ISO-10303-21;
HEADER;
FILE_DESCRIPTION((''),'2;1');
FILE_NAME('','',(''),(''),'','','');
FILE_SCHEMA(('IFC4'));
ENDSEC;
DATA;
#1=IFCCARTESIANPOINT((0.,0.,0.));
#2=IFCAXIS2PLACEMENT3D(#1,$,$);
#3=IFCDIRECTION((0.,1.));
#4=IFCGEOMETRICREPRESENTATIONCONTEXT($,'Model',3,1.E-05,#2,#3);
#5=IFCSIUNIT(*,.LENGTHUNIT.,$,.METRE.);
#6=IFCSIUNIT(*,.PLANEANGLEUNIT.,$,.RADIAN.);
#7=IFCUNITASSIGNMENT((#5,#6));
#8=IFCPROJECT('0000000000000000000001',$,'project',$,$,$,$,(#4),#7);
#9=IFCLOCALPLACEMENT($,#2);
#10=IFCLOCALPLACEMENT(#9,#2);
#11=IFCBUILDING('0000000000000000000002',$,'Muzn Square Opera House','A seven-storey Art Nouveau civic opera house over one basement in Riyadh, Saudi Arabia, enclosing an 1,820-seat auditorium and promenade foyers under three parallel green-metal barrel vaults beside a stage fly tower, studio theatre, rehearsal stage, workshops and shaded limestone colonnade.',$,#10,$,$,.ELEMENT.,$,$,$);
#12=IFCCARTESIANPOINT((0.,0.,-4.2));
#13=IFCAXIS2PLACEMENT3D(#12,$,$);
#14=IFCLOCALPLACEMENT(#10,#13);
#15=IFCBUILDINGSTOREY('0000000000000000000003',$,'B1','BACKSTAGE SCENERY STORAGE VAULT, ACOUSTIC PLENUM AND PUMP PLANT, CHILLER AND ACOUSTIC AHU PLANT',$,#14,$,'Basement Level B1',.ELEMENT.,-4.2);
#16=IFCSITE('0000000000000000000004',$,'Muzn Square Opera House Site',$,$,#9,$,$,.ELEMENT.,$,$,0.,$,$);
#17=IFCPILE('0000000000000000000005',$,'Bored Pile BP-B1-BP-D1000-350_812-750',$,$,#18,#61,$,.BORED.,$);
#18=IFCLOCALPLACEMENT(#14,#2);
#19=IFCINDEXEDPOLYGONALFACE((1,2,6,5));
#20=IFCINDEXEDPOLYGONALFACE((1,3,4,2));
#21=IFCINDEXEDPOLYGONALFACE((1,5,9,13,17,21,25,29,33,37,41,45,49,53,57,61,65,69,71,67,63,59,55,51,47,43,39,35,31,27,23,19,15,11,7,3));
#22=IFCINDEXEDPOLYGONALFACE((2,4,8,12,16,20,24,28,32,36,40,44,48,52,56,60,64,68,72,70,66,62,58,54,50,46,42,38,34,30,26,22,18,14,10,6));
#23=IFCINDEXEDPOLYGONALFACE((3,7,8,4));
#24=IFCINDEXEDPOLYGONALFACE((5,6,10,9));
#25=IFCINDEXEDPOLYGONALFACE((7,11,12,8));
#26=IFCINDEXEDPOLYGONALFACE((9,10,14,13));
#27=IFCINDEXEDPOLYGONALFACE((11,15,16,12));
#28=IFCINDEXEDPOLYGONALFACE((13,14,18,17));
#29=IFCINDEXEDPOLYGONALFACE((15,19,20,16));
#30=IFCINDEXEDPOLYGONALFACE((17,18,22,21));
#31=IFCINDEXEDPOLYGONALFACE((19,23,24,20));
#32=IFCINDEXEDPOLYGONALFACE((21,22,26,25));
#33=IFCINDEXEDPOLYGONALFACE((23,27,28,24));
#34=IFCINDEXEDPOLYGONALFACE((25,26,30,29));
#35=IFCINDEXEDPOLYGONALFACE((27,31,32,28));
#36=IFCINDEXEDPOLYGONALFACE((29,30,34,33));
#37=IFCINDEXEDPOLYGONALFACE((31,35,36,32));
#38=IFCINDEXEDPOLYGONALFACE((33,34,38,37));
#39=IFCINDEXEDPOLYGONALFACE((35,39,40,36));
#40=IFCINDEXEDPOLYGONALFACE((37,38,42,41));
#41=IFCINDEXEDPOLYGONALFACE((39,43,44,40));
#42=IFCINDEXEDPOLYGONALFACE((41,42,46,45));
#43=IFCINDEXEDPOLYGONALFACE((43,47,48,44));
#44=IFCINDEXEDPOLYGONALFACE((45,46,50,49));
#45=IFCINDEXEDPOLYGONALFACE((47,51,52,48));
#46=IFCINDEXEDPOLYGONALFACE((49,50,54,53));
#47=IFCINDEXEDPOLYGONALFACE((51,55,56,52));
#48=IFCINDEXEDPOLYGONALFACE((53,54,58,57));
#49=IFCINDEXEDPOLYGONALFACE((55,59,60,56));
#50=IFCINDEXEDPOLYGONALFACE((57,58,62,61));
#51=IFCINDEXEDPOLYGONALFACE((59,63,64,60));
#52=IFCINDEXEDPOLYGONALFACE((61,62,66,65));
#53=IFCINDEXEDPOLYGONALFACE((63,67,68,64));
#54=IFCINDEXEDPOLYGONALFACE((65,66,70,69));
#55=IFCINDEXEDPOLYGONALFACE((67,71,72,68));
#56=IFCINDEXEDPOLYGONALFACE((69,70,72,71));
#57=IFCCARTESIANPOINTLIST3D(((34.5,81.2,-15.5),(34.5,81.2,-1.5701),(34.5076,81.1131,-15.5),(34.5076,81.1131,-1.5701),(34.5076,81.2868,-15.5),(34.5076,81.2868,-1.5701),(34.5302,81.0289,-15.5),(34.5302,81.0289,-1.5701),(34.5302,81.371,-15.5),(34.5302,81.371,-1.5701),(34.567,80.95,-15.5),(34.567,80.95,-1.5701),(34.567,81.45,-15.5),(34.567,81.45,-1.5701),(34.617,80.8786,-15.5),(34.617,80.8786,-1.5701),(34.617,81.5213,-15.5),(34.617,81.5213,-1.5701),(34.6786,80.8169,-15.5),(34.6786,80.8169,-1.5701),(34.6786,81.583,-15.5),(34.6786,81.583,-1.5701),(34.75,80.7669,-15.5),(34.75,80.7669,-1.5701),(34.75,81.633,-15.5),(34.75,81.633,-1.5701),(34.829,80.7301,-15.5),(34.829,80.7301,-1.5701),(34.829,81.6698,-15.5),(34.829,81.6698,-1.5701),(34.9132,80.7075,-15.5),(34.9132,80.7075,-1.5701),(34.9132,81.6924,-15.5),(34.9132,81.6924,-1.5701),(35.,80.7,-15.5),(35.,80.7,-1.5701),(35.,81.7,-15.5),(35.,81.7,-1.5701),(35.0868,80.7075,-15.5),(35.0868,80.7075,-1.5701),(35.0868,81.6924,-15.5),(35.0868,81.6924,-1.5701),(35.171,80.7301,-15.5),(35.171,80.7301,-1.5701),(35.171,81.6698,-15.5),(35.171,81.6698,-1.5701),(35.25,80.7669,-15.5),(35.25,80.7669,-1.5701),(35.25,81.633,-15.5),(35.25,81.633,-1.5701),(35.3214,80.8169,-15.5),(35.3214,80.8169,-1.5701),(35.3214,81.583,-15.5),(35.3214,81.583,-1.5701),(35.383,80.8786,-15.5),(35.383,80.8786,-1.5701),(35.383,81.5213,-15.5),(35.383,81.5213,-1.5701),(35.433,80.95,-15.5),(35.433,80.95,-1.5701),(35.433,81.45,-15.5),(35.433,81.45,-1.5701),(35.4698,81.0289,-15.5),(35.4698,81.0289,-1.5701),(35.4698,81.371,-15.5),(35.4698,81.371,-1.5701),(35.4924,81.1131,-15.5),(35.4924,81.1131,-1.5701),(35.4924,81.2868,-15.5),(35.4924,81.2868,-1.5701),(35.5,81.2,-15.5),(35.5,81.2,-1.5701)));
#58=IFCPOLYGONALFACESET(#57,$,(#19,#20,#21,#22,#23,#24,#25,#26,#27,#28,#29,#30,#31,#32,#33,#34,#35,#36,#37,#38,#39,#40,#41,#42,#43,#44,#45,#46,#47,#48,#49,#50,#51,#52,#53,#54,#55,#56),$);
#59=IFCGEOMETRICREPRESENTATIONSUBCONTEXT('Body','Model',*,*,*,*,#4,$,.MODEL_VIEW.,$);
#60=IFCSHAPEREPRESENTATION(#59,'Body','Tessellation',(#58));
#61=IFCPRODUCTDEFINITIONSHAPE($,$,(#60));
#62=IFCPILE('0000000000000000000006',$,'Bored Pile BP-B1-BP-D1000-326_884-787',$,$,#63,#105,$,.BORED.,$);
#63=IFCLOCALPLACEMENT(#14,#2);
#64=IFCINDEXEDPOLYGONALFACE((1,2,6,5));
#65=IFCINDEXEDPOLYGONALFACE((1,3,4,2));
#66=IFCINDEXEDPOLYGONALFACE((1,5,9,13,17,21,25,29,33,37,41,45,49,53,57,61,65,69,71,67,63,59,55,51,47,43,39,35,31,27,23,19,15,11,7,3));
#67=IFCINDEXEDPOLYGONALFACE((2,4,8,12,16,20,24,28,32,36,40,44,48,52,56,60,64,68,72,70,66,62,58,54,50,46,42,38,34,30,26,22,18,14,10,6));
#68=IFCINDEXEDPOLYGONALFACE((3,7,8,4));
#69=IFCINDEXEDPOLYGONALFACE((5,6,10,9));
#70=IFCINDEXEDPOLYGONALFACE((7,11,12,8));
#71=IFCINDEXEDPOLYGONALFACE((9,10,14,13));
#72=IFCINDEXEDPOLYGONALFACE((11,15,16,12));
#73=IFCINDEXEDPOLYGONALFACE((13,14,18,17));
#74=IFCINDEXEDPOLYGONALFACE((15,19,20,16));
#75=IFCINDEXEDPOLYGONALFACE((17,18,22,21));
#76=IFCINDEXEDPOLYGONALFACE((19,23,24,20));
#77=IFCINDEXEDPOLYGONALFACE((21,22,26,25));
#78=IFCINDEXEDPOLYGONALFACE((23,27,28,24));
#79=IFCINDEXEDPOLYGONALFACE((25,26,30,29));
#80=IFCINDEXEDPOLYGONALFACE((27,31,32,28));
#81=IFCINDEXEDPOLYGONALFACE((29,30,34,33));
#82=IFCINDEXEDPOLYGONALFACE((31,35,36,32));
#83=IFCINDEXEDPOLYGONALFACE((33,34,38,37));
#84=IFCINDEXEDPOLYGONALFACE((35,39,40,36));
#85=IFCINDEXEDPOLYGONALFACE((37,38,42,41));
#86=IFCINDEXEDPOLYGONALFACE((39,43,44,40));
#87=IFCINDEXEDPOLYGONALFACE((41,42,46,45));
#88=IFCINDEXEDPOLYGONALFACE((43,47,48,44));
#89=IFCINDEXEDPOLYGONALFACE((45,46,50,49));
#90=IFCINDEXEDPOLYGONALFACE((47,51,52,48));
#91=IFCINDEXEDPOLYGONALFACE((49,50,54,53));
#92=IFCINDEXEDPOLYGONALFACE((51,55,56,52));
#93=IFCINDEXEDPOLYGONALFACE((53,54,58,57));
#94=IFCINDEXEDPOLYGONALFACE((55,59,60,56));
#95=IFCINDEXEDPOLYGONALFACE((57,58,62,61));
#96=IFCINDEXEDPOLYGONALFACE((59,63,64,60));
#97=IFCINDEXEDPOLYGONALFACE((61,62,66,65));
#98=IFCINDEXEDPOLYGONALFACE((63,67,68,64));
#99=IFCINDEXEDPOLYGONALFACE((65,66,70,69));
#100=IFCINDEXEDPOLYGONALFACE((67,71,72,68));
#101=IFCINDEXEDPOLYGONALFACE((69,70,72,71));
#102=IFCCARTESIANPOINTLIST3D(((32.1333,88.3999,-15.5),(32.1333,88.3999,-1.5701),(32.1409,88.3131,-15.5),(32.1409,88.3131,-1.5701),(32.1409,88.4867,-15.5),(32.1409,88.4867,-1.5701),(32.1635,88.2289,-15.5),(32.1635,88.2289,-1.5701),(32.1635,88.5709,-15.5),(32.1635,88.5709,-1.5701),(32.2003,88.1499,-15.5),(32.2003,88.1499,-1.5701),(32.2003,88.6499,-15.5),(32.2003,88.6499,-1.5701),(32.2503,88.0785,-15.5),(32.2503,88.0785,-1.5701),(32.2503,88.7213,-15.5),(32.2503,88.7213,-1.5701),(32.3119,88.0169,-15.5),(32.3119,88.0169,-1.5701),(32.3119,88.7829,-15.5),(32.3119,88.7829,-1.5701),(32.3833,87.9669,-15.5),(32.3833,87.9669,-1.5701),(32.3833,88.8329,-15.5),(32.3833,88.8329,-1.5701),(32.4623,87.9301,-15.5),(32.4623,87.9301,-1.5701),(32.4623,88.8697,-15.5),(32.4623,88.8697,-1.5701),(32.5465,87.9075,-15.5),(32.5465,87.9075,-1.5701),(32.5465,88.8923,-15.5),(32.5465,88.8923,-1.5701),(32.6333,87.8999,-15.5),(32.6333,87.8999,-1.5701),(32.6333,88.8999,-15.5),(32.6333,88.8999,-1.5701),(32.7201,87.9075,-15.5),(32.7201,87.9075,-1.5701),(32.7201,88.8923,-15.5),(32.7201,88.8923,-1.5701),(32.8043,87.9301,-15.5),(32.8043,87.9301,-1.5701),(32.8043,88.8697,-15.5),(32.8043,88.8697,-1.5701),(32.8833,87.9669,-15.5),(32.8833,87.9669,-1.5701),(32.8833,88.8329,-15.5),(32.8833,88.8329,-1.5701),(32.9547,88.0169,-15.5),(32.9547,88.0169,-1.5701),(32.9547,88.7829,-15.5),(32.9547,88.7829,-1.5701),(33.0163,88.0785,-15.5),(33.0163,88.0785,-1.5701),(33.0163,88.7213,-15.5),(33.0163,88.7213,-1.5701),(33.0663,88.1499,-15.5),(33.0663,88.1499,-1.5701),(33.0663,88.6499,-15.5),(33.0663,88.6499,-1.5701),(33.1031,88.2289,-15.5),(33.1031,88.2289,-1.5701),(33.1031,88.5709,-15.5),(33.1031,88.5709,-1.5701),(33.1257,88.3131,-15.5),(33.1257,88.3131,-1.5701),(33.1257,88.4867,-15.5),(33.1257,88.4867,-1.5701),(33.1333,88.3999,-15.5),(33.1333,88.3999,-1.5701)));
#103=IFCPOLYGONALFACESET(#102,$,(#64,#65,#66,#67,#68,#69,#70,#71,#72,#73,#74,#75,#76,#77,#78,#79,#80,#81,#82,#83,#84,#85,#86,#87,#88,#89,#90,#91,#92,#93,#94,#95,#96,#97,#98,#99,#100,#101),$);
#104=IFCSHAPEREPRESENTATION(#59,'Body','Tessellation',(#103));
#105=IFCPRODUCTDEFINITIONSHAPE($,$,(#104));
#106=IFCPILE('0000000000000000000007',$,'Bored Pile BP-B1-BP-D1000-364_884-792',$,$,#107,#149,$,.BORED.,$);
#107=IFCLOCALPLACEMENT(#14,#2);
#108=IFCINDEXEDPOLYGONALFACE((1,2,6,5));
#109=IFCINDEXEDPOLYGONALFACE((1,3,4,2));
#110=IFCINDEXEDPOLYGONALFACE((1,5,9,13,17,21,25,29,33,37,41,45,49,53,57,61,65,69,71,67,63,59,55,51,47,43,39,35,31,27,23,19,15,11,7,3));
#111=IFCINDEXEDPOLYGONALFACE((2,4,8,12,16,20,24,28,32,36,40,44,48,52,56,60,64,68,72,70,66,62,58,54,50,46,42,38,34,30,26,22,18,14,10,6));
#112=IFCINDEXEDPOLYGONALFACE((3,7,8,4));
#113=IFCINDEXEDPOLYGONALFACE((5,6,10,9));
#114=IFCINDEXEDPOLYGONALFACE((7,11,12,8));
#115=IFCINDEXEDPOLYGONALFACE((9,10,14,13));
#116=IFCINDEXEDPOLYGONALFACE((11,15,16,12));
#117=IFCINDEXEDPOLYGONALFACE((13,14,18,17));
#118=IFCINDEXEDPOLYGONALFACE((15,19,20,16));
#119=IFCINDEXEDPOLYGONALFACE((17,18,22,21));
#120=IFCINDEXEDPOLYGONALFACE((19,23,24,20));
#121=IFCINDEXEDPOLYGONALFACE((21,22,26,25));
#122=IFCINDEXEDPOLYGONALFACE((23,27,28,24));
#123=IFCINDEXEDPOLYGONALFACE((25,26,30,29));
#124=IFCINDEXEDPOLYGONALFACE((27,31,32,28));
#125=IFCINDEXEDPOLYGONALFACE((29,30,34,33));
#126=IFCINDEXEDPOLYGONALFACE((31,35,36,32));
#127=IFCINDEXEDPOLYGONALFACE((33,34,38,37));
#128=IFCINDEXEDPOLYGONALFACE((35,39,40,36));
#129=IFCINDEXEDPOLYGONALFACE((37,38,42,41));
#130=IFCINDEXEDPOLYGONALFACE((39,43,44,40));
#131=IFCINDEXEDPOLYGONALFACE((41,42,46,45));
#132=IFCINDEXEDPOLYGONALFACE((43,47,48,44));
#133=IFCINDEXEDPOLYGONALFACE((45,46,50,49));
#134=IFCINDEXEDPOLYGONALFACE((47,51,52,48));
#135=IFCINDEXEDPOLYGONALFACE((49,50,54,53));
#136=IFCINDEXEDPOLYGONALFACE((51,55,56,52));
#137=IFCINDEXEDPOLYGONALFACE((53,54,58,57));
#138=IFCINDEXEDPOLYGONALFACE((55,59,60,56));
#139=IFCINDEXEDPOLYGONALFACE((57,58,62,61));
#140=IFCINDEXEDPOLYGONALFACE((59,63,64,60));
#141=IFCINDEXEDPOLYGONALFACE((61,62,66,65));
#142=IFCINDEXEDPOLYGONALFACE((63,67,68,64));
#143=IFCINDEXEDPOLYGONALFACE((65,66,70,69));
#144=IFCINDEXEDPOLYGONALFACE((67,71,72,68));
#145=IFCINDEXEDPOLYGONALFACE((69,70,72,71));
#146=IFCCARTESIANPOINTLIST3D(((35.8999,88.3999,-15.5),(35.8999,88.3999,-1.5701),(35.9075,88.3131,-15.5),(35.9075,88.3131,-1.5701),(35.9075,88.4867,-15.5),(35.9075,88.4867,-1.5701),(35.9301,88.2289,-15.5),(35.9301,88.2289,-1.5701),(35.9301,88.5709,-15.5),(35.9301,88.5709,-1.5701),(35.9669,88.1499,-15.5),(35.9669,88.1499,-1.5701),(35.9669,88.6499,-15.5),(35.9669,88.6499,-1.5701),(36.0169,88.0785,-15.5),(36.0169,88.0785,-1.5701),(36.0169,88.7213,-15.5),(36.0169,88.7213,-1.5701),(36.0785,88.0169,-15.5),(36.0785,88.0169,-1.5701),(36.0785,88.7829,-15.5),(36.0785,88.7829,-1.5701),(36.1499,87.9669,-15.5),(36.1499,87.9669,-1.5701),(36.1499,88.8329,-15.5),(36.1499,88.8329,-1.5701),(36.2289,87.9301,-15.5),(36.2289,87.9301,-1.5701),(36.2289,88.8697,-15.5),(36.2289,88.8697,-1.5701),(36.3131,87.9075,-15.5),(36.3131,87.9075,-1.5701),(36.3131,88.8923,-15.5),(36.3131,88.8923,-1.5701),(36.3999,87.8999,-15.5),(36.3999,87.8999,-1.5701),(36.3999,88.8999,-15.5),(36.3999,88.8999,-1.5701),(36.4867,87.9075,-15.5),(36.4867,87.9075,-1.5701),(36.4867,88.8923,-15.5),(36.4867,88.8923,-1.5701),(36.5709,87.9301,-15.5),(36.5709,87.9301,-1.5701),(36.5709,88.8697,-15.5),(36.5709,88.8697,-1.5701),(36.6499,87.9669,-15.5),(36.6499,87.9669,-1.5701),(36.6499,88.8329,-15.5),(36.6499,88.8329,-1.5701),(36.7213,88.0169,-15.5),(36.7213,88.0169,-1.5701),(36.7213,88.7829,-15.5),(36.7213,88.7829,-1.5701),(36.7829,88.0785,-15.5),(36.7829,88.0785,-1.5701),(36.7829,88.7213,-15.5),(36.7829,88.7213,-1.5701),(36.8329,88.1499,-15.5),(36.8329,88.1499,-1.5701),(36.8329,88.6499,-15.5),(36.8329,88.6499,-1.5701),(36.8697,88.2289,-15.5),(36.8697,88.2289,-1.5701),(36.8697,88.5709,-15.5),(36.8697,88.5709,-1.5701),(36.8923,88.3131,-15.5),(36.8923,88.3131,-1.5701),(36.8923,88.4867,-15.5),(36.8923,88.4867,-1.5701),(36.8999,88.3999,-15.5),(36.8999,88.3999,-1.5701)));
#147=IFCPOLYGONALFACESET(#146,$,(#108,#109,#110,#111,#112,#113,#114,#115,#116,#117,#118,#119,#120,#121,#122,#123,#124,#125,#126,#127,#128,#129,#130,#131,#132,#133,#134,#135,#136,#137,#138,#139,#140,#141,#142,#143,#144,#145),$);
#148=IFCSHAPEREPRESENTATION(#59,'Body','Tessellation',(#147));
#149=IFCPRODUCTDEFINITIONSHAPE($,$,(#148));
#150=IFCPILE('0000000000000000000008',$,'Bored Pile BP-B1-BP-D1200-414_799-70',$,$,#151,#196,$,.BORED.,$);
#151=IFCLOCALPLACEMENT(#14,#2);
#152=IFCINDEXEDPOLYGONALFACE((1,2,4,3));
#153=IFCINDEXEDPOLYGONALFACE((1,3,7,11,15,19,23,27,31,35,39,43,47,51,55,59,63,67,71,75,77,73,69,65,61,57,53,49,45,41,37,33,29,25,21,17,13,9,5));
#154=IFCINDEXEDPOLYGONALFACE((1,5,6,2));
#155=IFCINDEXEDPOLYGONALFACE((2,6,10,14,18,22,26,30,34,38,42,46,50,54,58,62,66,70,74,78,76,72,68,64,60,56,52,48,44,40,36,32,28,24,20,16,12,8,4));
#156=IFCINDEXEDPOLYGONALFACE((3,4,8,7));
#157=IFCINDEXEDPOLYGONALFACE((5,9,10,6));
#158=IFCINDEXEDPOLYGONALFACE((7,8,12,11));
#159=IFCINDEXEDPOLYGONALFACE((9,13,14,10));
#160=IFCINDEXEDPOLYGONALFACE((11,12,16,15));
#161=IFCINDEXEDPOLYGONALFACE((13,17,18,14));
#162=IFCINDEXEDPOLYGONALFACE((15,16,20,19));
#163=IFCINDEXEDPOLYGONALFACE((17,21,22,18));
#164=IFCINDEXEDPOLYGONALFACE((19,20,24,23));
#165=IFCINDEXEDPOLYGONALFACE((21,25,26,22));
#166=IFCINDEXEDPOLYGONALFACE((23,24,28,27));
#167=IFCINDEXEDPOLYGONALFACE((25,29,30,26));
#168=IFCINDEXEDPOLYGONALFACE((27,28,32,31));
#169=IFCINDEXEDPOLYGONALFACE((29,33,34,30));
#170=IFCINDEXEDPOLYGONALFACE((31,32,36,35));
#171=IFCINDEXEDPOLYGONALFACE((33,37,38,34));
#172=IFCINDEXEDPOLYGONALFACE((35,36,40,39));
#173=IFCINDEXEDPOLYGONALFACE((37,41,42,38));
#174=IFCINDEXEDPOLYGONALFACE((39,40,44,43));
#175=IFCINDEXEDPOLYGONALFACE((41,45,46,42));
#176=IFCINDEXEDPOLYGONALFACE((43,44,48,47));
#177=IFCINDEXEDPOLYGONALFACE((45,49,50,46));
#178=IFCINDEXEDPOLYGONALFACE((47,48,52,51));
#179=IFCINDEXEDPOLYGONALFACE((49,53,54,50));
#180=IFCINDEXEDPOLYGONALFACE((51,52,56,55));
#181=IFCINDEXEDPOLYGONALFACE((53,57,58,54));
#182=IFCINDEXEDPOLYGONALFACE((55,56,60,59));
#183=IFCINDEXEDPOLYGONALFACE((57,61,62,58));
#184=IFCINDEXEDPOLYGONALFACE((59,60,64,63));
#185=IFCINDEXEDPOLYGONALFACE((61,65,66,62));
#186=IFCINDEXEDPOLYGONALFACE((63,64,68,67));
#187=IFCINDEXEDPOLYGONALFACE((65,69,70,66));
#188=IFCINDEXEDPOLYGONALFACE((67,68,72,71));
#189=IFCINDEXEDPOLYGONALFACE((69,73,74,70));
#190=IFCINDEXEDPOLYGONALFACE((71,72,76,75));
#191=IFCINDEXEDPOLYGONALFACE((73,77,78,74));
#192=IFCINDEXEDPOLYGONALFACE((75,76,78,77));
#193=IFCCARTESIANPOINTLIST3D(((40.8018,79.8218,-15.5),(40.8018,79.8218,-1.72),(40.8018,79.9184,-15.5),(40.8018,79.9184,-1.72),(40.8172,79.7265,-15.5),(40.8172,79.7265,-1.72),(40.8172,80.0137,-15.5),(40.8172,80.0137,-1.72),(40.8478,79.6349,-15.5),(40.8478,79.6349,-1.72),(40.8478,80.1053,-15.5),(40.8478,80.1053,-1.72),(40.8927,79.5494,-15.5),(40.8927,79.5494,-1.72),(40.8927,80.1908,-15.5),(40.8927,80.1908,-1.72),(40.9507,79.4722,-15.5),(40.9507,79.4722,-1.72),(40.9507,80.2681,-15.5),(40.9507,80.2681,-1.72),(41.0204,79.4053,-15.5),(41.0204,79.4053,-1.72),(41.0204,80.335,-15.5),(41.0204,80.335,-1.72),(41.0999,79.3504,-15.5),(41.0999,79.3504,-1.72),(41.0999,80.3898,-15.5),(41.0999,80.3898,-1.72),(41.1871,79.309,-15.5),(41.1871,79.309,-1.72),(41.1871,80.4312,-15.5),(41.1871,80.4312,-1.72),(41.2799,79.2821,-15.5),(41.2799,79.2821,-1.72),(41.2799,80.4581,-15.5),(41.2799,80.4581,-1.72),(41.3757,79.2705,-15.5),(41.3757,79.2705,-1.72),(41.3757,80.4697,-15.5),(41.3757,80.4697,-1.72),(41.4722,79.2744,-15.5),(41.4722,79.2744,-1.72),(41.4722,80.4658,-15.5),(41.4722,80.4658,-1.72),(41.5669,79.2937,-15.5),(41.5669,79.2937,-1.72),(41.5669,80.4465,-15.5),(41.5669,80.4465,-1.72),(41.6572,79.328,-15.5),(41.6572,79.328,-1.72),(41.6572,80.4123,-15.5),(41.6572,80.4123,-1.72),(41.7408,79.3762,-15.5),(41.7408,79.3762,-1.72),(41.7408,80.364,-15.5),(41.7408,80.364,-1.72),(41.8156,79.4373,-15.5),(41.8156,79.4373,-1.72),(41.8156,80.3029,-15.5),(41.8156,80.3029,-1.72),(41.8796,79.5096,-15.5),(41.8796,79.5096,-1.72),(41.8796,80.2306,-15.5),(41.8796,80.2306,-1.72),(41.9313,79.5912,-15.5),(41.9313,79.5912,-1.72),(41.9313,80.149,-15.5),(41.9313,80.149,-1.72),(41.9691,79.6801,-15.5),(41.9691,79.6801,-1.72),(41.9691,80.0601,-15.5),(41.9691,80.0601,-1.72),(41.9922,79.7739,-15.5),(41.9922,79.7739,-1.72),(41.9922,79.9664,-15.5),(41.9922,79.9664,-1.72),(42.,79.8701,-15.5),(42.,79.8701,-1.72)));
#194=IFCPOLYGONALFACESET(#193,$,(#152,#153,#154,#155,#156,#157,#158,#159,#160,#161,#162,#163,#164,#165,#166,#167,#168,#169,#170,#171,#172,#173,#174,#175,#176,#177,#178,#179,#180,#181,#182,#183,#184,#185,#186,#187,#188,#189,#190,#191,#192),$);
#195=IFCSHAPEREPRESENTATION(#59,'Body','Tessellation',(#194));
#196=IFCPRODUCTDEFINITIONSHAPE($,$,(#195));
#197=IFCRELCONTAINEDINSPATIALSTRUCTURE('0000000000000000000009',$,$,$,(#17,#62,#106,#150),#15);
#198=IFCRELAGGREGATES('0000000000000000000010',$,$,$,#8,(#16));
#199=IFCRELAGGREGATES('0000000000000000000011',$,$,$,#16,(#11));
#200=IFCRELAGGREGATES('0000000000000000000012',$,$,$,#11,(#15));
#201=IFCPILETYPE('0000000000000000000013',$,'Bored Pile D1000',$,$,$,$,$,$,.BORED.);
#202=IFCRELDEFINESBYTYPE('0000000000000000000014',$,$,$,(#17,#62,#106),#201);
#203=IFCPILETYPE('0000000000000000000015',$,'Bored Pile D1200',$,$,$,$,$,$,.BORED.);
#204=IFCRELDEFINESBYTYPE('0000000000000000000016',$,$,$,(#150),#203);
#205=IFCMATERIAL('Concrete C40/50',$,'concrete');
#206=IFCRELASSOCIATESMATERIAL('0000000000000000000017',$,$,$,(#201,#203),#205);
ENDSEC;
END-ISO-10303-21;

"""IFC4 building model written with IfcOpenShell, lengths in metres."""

from ifc_helpers import new_model, si_unit, direction, frame, origin, origin_2d, place, context, subcontext, project, spatial, circle, extrude, material, material_profile, profile_set, type_object, element, save


model = new_model("IFC4")

# Units and contexts
model_context = context("Model", 3, precision=1e-05, world=origin(), true_north=direction((0.0, 1.0)))
body_context = subcontext(model_context, "Body", "Model", "MODEL_VIEW")
ifc_project = project(units=[si_unit("LENGTHUNIT", "METRE"), si_unit("PLANEANGLEUNIT", "RADIAN")], contexts=[model_context])

# Site, building, storey
site_placement = place(None, origin())
site = spatial("IfcSite", under=ifc_project, at=site_placement, Name="Muzn Square Opera House Site", CompositionType="ELEMENT", RefElevation=0.0)
building_placement = place(site_placement, origin())
building = spatial("IfcBuilding", under=site, at=building_placement, Name="Muzn Square Opera House", Description="A seven-storey Art Nouveau civic opera house over one basement in Riyadh, Saudi Arabia, enclosing an 1,820-seat auditorium and promenade foyers under three parallel green-metal barrel vaults beside a stage fly tower, studio theatre, rehearsal stage, workshops and shaded limestone colonnade.", CompositionType="ELEMENT")
storey_placement = place(building_placement, frame((0.0, 0.0, -4.2)))
storey = spatial("IfcBuildingStorey", under=building, at=storey_placement, Name="B1", Description="BACKSTAGE SCENERY STORAGE VAULT, ACOUSTIC PLENUM AND PUMP PLANT, CHILLER AND ACOUSTIC AHU PLANT", LongName="Basement Level B1", CompositionType="ELEMENT", Elevation=-4.2)

# Piles
ifc_material_1 = material(Name="Concrete C40/50", Category="concrete")
ifc_material_profile_1 = material_profile(ifc_material_1, circle(Radius=0.5, at=origin_2d()), Name="BORED PILE D1000", Category="concrete")
ifc_profile_set_1 = profile_set([ifc_material_profile_1], Name="Concrete C40/50")
pile_type_1 = type_object("IfcPileType", Name="Bored Pile D1000", PredefinedType="BORED", material=ifc_profile_set_1)
for number, where, z_axis, x_axis, name in (
    (1, (35.0, 81.2, -1.5701), (0.0, 0.0, -1.0), (1.0, 0.0, 0.0), "Bored Pile BP-B1-BP-D1000-350_812-750"),
    (2, (32.6333, 88.3999, -1.5701), (0.0, 0.0, -1.0), (1.0, 0.0, 0.0), "Bored Pile BP-B1-BP-D1000-326_884-787"),
    (3, (36.3999, 88.3999, -1.5701), (0.0, 0.0, -1.0), (1.0, 0.0, 0.0), "Bored Pile BP-B1-BP-D1000-364_884-792"),
):
    element("IfcPile", number, at=place(storey_placement, frame(where, z_axis=z_axis, x_axis=x_axis)), inside=storey, type_object=pile_type_1, Name=name, PredefinedType="BORED", context=body_context, shape_type="SweptSolid", body=[
        extrude(circle(Radius=0.5, at=origin_2d()), origin(), (0.0, 0.0, 1.0), 13.9299),
    ])
ifc_material_profile_2 = material_profile(ifc_material_1, circle(Radius=0.6001, at=origin_2d()), Name="BORED PILE D1200", Category="concrete")
ifc_profile_set_2 = profile_set([ifc_material_profile_2], Name="Concrete C40/50")
pile_type_2 = type_object("IfcPileType", Name="Bored Pile D1200", PredefinedType="BORED", material=ifc_profile_set_2)
for number, where, z_axis, x_axis, name in (
    (4, (41.3999, 79.8701, -1.72), (0.0, 0.0, -1.0), (1.0, 0.0, 0.0), "Bored Pile BP-B1-BP-D1200-414_799-70"),
):
    element("IfcPile", number, at=place(storey_placement, frame(where, z_axis=z_axis, x_axis=x_axis)), inside=storey, type_object=pile_type_2, Name=name, PredefinedType="BORED", context=body_context, shape_type="SweptSolid", body=[
        extrude(circle(Radius=0.6001, at=origin_2d()), origin(), (0.0, 0.0, 1.0), 13.78),
    ])

save(model, "model.ifc")
